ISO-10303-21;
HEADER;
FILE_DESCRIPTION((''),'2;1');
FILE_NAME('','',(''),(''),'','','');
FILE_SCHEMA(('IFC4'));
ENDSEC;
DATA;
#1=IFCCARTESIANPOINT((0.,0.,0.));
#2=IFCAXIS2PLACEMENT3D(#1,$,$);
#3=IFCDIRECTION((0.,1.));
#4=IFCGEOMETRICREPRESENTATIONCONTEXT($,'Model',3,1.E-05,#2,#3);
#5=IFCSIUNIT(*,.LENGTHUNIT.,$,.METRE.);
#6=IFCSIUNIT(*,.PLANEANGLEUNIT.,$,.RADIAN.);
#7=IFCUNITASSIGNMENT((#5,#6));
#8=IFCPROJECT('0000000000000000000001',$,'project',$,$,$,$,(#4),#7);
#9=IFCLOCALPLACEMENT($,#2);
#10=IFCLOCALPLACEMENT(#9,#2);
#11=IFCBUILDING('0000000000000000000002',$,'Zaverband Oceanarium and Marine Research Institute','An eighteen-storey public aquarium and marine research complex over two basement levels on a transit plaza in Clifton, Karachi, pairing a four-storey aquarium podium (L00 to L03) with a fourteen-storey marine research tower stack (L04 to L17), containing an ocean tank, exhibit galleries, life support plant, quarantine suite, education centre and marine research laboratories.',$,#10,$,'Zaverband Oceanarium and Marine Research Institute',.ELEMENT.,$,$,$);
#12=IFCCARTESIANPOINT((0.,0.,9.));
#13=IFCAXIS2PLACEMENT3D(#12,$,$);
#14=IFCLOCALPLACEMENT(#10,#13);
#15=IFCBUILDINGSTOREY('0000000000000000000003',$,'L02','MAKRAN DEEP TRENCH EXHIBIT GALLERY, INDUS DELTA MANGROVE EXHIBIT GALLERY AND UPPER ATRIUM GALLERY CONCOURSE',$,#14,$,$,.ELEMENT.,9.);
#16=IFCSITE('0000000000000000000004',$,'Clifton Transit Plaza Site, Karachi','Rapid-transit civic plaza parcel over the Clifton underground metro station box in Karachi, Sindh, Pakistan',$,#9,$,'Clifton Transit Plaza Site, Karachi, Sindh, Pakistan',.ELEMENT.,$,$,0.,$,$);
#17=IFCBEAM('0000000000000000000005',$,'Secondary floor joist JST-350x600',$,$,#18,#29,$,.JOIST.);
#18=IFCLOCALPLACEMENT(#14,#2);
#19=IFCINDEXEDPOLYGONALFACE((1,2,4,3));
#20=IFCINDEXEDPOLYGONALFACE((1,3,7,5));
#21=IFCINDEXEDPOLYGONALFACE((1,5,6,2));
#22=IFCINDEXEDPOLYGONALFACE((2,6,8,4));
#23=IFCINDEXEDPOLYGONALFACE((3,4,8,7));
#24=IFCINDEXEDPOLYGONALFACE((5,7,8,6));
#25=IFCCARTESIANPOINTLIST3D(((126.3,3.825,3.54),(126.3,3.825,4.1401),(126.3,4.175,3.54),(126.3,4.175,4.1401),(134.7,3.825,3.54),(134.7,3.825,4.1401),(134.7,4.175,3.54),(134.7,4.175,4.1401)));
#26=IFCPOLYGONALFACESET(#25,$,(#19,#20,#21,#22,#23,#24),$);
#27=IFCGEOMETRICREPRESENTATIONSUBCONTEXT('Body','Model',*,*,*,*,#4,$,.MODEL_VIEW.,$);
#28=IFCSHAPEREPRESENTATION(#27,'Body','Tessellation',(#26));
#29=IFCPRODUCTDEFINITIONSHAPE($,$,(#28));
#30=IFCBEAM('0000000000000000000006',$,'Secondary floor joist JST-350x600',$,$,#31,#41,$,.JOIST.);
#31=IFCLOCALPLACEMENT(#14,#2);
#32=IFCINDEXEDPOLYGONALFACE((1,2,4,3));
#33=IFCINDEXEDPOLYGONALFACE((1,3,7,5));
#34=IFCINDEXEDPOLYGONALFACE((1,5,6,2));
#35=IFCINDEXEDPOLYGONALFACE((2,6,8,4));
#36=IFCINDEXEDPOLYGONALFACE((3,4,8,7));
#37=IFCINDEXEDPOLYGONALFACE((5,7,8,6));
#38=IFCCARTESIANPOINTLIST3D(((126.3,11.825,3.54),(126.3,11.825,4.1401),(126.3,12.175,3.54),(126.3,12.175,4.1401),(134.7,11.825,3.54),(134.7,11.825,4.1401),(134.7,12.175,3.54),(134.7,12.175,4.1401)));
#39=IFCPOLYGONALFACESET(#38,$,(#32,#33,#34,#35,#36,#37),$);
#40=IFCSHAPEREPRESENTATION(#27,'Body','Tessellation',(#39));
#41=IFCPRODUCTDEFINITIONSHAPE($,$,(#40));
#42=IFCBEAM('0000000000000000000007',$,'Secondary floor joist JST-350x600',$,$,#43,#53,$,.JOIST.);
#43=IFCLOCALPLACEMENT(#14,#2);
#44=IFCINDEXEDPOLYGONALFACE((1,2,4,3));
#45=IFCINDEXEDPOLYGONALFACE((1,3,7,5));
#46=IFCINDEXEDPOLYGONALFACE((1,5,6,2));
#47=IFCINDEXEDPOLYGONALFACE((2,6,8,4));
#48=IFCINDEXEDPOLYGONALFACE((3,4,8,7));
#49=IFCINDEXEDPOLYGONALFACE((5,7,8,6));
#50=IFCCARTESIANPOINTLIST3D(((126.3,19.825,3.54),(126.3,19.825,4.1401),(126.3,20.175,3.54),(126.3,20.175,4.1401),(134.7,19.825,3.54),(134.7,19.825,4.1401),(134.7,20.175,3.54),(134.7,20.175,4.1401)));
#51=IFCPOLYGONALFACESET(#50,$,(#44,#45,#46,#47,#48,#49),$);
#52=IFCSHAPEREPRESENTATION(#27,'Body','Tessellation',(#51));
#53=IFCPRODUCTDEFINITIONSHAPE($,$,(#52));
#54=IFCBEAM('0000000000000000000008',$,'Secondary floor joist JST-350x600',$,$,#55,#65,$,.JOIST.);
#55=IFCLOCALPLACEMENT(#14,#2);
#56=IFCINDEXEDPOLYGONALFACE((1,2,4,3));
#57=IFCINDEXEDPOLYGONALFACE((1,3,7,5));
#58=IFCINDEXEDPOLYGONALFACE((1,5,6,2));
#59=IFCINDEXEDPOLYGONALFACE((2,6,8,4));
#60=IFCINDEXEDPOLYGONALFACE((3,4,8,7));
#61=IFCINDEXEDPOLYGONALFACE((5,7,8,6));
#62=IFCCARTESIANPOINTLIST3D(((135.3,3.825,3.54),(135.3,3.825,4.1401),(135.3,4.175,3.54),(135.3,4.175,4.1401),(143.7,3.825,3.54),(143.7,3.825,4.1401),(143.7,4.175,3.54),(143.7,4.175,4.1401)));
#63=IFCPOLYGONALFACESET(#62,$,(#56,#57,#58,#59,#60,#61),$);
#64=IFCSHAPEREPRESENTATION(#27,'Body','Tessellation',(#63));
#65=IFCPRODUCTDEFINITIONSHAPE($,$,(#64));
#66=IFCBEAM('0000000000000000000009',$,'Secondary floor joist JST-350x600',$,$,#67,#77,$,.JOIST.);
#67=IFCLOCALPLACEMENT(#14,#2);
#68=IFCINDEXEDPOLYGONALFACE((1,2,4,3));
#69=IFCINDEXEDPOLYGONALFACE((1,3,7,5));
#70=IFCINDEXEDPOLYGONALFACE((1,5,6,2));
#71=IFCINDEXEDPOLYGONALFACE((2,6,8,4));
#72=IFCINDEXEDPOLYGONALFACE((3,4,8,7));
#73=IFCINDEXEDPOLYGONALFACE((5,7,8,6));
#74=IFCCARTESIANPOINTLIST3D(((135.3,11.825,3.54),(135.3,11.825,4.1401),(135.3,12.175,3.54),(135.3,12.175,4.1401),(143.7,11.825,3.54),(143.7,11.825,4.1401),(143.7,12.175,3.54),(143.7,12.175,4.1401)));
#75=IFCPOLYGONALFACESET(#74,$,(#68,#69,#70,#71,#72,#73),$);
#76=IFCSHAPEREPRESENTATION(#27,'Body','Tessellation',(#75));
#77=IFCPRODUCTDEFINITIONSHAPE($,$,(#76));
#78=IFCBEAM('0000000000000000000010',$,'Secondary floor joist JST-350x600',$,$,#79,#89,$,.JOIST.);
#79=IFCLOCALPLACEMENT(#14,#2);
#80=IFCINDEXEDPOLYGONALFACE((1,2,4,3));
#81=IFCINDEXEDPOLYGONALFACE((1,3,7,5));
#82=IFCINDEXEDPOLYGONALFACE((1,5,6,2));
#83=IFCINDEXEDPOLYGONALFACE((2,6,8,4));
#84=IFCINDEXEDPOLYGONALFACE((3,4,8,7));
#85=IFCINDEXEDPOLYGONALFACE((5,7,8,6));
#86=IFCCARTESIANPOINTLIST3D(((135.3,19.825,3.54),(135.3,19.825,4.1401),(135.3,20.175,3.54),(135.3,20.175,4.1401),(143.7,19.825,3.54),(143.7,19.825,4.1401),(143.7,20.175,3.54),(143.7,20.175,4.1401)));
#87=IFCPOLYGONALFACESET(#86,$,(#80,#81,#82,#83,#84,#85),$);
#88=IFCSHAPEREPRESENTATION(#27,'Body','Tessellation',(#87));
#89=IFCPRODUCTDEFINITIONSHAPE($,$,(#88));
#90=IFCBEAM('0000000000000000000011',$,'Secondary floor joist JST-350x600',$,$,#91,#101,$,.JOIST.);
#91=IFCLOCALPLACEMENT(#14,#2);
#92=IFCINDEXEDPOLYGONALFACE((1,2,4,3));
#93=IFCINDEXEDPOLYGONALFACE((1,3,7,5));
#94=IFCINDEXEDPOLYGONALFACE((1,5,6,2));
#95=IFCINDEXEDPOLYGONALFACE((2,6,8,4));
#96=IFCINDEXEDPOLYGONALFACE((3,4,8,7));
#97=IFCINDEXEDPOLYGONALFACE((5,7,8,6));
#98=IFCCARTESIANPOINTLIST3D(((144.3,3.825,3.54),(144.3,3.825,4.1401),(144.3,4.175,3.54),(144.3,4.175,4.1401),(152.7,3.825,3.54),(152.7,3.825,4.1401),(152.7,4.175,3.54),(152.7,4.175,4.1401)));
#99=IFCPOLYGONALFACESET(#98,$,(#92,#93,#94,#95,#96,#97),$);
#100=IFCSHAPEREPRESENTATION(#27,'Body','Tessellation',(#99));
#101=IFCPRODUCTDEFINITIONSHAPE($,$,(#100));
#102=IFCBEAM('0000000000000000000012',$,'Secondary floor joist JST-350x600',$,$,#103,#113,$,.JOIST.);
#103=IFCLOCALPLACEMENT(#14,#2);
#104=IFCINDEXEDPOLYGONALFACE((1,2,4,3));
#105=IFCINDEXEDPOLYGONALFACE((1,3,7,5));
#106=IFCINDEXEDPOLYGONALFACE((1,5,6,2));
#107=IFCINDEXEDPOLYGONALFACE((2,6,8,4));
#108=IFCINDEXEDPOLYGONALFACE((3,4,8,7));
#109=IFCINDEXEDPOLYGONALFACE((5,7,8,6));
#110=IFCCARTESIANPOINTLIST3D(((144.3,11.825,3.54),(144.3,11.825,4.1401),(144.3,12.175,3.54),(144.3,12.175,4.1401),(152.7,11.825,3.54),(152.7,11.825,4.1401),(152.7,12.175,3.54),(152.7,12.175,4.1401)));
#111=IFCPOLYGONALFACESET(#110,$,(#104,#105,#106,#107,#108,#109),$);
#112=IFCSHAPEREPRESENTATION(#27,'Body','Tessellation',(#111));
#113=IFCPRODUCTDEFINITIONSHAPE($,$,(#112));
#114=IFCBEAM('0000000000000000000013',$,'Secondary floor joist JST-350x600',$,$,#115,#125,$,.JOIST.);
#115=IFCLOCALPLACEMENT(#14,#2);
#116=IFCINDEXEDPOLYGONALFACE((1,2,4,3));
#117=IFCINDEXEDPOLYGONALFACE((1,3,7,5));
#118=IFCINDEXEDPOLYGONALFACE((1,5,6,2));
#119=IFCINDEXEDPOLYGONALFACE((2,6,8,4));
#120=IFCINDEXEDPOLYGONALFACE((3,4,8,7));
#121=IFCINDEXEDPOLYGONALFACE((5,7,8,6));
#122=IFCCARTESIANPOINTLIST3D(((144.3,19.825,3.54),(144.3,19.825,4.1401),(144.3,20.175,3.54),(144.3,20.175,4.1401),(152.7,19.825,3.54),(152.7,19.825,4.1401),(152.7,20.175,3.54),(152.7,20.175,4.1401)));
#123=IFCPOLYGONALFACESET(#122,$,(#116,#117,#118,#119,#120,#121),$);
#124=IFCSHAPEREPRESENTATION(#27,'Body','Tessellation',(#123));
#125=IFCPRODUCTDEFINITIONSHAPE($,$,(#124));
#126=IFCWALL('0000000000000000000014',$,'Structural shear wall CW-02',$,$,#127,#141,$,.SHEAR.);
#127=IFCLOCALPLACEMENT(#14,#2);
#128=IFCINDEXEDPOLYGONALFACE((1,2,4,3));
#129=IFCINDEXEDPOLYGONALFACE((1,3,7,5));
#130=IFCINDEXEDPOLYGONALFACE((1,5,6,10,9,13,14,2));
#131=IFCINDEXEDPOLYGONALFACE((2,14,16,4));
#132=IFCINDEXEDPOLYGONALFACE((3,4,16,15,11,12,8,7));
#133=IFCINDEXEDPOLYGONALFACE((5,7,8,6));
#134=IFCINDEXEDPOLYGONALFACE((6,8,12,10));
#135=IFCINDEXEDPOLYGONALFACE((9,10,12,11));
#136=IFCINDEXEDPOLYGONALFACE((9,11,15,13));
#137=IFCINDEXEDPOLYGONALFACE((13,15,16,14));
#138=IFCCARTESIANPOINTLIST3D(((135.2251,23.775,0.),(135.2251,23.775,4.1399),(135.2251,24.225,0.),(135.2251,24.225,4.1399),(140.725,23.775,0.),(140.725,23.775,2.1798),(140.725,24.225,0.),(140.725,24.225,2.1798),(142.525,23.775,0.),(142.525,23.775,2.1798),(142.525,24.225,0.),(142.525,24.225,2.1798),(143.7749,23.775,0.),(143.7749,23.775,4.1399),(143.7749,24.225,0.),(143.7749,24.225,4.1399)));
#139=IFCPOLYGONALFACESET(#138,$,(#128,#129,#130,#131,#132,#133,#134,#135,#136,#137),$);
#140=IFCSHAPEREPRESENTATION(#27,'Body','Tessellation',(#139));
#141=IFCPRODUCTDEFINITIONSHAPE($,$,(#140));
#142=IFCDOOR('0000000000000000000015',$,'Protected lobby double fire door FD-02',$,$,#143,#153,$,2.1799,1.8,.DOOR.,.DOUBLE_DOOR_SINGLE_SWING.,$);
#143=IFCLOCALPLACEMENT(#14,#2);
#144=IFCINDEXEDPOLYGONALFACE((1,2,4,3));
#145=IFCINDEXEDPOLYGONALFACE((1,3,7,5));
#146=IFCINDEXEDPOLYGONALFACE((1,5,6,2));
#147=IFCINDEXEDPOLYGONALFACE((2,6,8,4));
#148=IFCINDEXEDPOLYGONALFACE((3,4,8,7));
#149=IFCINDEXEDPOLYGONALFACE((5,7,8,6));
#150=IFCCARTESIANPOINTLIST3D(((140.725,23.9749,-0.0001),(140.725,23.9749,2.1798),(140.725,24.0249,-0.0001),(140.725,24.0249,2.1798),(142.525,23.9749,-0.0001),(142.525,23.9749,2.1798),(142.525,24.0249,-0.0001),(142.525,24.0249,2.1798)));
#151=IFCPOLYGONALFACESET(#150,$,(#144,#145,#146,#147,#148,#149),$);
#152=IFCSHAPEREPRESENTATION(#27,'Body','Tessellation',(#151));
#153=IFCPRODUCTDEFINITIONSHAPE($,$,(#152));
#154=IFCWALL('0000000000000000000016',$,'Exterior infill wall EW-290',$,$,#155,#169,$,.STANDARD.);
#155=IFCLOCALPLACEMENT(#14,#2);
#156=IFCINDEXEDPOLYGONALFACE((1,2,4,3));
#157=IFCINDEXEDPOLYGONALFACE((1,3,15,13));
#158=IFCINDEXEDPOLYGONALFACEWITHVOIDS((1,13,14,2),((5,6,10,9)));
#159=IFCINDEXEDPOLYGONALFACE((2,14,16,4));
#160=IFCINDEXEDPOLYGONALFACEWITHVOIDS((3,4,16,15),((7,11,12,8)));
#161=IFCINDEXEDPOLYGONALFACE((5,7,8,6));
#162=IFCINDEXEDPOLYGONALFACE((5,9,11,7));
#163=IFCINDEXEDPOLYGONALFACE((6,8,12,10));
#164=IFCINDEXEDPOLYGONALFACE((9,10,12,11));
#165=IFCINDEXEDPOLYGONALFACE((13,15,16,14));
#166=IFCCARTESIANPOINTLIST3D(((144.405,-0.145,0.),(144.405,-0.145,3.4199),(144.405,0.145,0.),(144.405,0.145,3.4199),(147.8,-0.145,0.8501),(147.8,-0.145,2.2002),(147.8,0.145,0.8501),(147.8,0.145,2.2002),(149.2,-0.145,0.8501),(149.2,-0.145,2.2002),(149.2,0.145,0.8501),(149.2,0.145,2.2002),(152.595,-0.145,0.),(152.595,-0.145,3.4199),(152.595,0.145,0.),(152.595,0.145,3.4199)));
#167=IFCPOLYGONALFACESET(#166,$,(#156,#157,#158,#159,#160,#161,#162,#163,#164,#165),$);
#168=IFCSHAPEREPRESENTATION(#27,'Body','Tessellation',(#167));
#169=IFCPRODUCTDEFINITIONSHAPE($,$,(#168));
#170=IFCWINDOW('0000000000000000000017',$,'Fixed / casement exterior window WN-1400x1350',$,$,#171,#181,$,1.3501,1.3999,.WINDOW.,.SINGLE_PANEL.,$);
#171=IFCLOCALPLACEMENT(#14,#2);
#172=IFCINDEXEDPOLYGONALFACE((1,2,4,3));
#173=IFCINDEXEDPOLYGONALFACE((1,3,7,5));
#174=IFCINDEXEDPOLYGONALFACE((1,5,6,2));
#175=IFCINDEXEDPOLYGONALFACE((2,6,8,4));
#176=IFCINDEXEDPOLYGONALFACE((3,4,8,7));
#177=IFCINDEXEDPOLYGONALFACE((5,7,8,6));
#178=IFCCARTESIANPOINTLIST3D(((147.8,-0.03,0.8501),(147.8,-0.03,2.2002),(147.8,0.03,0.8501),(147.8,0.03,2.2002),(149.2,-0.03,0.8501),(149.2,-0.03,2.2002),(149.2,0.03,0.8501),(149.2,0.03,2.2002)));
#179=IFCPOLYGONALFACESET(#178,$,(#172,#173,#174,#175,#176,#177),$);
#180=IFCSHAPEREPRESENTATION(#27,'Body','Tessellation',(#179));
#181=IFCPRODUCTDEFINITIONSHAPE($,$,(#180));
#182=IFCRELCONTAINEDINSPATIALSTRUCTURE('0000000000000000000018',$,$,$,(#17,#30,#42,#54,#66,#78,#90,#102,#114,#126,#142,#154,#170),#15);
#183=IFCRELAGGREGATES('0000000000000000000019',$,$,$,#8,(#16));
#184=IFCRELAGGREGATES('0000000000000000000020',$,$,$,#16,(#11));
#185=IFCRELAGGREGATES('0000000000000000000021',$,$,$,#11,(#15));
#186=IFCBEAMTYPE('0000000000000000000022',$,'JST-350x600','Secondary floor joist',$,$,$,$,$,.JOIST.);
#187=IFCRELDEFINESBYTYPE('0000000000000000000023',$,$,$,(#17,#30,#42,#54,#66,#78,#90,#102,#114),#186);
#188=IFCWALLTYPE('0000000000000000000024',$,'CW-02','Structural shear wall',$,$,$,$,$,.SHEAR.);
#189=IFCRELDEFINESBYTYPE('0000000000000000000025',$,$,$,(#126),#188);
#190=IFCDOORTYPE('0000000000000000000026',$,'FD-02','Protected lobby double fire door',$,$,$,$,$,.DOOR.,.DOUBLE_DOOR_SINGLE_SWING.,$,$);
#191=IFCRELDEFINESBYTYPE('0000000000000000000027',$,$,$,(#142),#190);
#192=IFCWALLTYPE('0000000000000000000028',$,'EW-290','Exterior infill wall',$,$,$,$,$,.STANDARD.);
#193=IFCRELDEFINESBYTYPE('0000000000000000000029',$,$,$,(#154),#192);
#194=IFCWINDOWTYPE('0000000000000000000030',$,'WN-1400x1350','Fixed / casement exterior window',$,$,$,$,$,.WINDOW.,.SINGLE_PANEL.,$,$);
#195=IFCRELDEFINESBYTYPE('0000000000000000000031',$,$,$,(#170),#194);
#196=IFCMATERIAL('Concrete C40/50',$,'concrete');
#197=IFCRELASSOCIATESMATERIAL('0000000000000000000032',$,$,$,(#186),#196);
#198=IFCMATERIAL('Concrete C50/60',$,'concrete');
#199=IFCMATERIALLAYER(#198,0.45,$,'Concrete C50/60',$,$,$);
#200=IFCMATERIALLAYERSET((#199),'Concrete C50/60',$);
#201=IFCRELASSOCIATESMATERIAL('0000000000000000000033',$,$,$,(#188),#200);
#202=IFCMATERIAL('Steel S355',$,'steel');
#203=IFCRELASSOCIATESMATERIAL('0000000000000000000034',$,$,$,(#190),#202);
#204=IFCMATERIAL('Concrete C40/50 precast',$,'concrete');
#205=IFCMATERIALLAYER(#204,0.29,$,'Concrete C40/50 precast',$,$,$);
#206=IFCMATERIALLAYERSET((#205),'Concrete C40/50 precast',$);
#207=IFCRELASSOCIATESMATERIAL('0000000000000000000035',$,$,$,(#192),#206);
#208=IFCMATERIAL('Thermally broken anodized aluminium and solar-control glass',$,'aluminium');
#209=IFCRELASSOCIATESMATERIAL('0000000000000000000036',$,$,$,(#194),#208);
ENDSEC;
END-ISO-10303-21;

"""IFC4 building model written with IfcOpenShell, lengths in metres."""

from ifc_helpers import new_model, si_unit, direction, frame, frame_2d, origin, origin_2d, place, context, subcontext, project, spatial, rectangle, extrude, material, layer, layer_set, material_profile, profile_set, type_object, element, fill, save


model = new_model("IFC4")

# Units and contexts
model_context = context("Model", 3, precision=1e-05, world=origin(), true_north=direction((0.0, 1.0)))
body_context = subcontext(model_context, "Body", "Model", "MODEL_VIEW")
ifc_project = project(units=[si_unit("LENGTHUNIT", "METRE"), si_unit("PLANEANGLEUNIT", "RADIAN")], contexts=[model_context])

# Site, building, storey
site_placement = place(None, origin())
site = spatial("IfcSite", under=ifc_project, at=site_placement, Name="Clifton Transit Plaza Site, Karachi", Description="Rapid-transit civic plaza parcel over the Clifton underground metro station box in Karachi, Sindh, Pakistan", LongName="Clifton Transit Plaza Site, Karachi, Sindh, Pakistan", CompositionType="ELEMENT", RefElevation=0.0)
building_placement = place(site_placement, origin())
building = spatial("IfcBuilding", under=site, at=building_placement, Name="Zaverband Oceanarium and Marine Research Institute", Description="An eighteen-storey public aquarium and marine research complex over two basement levels on a transit plaza in Clifton, Karachi, pairing a four-storey aquarium podium (L00 to L03) with a fourteen-storey marine research tower stack (L04 to L17), containing an ocean tank, exhibit galleries, life support plant, quarantine suite, education centre and marine research laboratories.", LongName="Zaverband Oceanarium and Marine Research Institute", CompositionType="ELEMENT")
storey_placement = place(building_placement, frame((0.0, 0.0, 9.0)))
storey = spatial("IfcBuildingStorey", under=building, at=storey_placement, Name="L02", Description="MAKRAN DEEP TRENCH EXHIBIT GALLERY, INDUS DELTA MANGROVE EXHIBIT GALLERY AND UPPER ATRIUM GALLERY CONCOURSE", CompositionType="ELEMENT", Elevation=9.0)

# Shared definitions
ifc_material_1 = material(Name="Concrete C50/60", Category="concrete")

# Beams
ifc_material_2 = material(Name="Concrete C40/50", Category="concrete")
ifc_material_profile_1 = material_profile(ifc_material_2, rectangle(XDim=0.3501, YDim=0.6001, at=origin_2d()), Name="RC350x600")
ifc_profile_set_1 = profile_set([ifc_material_profile_1], Name="Concrete C40/50")
beam_type_1 = type_object("IfcBeamType", Name="JST-350x600", Description="Secondary floor joist", PredefinedType="JOIST", material=ifc_profile_set_1)
for number, where, z_axis, x_axis, name in (
    (1, (126.3, 4.0, 3.8401), (1.0, 0.0, 0.0), (0.0, 1.0, 0.0), "Secondary floor joist JST-350x600"),
    (2, (126.3, 12.0, 3.8401), (1.0, 0.0, 0.0), (0.0, 1.0, 0.0), "Secondary floor joist JST-350x600"),
    (3, (126.3, 20.0, 3.8401), (1.0, 0.0, 0.0), (0.0, 1.0, 0.0), "Secondary floor joist JST-350x600"),
    (4, (135.3, 4.0, 3.8401), (1.0, 0.0, 0.0), (0.0, 1.0, 0.0), "Secondary floor joist JST-350x600"),
    (5, (135.3, 12.0, 3.8401), (1.0, 0.0, 0.0), (0.0, 1.0, 0.0), "Secondary floor joist JST-350x600"),
    (6, (135.3, 20.0, 3.8401), (1.0, 0.0, 0.0), (0.0, 1.0, 0.0), "Secondary floor joist JST-350x600"),
    (7, (144.3, 4.0, 3.8401), (1.0, 0.0, 0.0), (0.0, 1.0, 0.0), "Secondary floor joist JST-350x600"),
    (8, (144.3, 12.0, 3.8401), (1.0, 0.0, 0.0), (0.0, 1.0, 0.0), "Secondary floor joist JST-350x600"),
    (9, (144.3, 20.0, 3.8401), (1.0, 0.0, 0.0), (0.0, 1.0, 0.0), "Secondary floor joist JST-350x600"),
):
    element("IfcBeam", number, at=place(storey_placement, frame(where, z_axis=z_axis, x_axis=x_axis)), inside=storey, type_object=beam_type_1, Name=name, PredefinedType="JOIST", context=body_context, shape_type="SweptSolid", body=[
        extrude(rectangle(XDim=0.3501, YDim=0.6001, at=origin_2d()), origin(), (0.0, 0.0, 1.0), 8.3999),
    ])

# Wall, opening, door
ifc_layer_1 = layer(ifc_material_1, 0.45, Name="Concrete C50/60")
ifc_layer_set_1 = layer_set([ifc_layer_1], Name="Concrete C50/60")
wall_type_1 = type_object("IfcWallType", Name="CW-02", Description="Structural shear wall", PredefinedType="SHEAR", material=ifc_layer_set_1)
wall_1_placement = place(storey_placement, frame((135.2251, 24.0, 0.0), z_axis=(0.0, 0.0, 1.0), x_axis=(1.0, 0.0, 0.0)))
wall_1 = element("IfcWall", 10, at=wall_1_placement, inside=storey, type_object=wall_type_1, Name="Structural shear wall CW-02", PredefinedType="SHEAR", context=body_context, shape_type="SweptSolid", body=[
    extrude(rectangle(XDim=8.5498, YDim=0.45, at=frame_2d((4.2749, 0.0))), origin(), (0.0, 0.0, 1.0), 4.1399),
])
opening_1_placement = place(wall_1_placement, frame((5.5, 0.0, 0.0)))
opening_1 = element("IfcOpeningElement", 11, at=opening_1_placement, cuts=wall_1, PredefinedType="OPENING", context=body_context, shape_type="SweptSolid", body=[
    extrude(rectangle(XDim=1.8, YDim=2.1799, at=frame_2d((0.8999, 1.0898))), frame((0.0, 0.2368, 0.0), z_axis=(0.0, -1.0, 0.0), x_axis=(1.0, 0.0, 0.0)), (0.0, 0.0, 1.0), 0.4739),
])
ifc_material_3 = material(Name="Steel S355", Category="steel")
door_type = type_object("IfcDoorType", Name="FD-02", Description="Protected lobby double fire door", OperationType="DOUBLE_DOOR_SINGLE_SWING", PredefinedType="DOOR", material=ifc_material_3)
door_placement = place(opening_1_placement, origin())
door = element("IfcDoor", 12, at=door_placement, inside=storey, type_object=door_type, Name="Protected lobby double fire door FD-02", OperationType="DOUBLE_DOOR_SINGLE_SWING", OverallHeight=2.1799, OverallWidth=1.8, PredefinedType="DOOR", context=body_context, shape_type="SweptSolid", body=[
    extrude(rectangle(XDim=1.8, YDim=2.1799, at=frame_2d((0.8999, 1.0898))), frame((0.0, 0.0249, 0.0), z_axis=(0.0, -1.0, 0.0), x_axis=(1.0, 0.0, 0.0)), (0.0, 0.0, 1.0), 0.05),
])
fill(opening_1, door)

# Wall, opening, window
ifc_material_4 = material(Name="Concrete C40/50 precast", Category="concrete")
ifc_layer_2 = layer(ifc_material_4, 0.29, Name="Concrete C40/50 precast")
ifc_layer_set_2 = layer_set([ifc_layer_2], Name="Concrete C40/50 precast")
wall_type_2 = type_object("IfcWallType", Name="EW-290", Description="Exterior infill wall", PredefinedType="STANDARD", material=ifc_layer_set_2)
wall_2_placement = place(storey_placement, frame((144.405, 0.0, 0.0), z_axis=(0.0, 0.0, 1.0), x_axis=(1.0, 0.0, 0.0)))
wall_2 = element("IfcWall", 13, at=wall_2_placement, inside=storey, type_object=wall_type_2, Name="Exterior infill wall EW-290", PredefinedType="STANDARD", context=body_context, shape_type="SweptSolid", body=[
    extrude(rectangle(XDim=8.1899, YDim=0.29, at=frame_2d((4.095, 0.0))), origin(), (0.0, 0.0, 1.0), 3.4199),
])
opening_2_placement = place(wall_2_placement, frame((3.395, 0.0, 0.8501)))
opening_2 = element("IfcOpeningElement", 14, at=opening_2_placement, cuts=wall_2, PredefinedType="OPENING", context=body_context, shape_type="SweptSolid", body=[
    extrude(rectangle(XDim=1.3999, YDim=1.3501, at=frame_2d((0.7, 0.675))), frame((0.0, 0.157, 0.0), z_axis=(0.0, -1.0, 0.0), x_axis=(1.0, 0.0, 0.0)), (0.0, 0.0, 1.0), 0.314),
])
ifc_material_5 = material(Name="Thermally broken anodized aluminium and solar-control glass", Category="aluminium")
window_type = type_object("IfcWindowType", Name="WN-1400x1350", Description="Fixed / casement exterior window", PartitioningType="SINGLE_PANEL", PredefinedType="WINDOW", material=ifc_material_5)
window_placement = place(opening_2_placement, origin())
window = element("IfcWindow", 15, at=window_placement, inside=storey, type_object=window_type, Name="Fixed / casement exterior window WN-1400x1350", OverallHeight=1.3501, OverallWidth=1.3999, PartitioningType="SINGLE_PANEL", PredefinedType="WINDOW", context=body_context, shape_type="SweptSolid", body=[
    extrude(rectangle(XDim=1.3999, YDim=1.3501, at=frame_2d((0.7, 0.675))), frame((0.0, 0.03, 0.0), z_axis=(0.0, -1.0, 0.0), x_axis=(1.0, 0.0, 0.0)), (0.0, 0.0, 1.0), 0.0601),
])
fill(opening_2, window)

save(model, "model.ifc")
